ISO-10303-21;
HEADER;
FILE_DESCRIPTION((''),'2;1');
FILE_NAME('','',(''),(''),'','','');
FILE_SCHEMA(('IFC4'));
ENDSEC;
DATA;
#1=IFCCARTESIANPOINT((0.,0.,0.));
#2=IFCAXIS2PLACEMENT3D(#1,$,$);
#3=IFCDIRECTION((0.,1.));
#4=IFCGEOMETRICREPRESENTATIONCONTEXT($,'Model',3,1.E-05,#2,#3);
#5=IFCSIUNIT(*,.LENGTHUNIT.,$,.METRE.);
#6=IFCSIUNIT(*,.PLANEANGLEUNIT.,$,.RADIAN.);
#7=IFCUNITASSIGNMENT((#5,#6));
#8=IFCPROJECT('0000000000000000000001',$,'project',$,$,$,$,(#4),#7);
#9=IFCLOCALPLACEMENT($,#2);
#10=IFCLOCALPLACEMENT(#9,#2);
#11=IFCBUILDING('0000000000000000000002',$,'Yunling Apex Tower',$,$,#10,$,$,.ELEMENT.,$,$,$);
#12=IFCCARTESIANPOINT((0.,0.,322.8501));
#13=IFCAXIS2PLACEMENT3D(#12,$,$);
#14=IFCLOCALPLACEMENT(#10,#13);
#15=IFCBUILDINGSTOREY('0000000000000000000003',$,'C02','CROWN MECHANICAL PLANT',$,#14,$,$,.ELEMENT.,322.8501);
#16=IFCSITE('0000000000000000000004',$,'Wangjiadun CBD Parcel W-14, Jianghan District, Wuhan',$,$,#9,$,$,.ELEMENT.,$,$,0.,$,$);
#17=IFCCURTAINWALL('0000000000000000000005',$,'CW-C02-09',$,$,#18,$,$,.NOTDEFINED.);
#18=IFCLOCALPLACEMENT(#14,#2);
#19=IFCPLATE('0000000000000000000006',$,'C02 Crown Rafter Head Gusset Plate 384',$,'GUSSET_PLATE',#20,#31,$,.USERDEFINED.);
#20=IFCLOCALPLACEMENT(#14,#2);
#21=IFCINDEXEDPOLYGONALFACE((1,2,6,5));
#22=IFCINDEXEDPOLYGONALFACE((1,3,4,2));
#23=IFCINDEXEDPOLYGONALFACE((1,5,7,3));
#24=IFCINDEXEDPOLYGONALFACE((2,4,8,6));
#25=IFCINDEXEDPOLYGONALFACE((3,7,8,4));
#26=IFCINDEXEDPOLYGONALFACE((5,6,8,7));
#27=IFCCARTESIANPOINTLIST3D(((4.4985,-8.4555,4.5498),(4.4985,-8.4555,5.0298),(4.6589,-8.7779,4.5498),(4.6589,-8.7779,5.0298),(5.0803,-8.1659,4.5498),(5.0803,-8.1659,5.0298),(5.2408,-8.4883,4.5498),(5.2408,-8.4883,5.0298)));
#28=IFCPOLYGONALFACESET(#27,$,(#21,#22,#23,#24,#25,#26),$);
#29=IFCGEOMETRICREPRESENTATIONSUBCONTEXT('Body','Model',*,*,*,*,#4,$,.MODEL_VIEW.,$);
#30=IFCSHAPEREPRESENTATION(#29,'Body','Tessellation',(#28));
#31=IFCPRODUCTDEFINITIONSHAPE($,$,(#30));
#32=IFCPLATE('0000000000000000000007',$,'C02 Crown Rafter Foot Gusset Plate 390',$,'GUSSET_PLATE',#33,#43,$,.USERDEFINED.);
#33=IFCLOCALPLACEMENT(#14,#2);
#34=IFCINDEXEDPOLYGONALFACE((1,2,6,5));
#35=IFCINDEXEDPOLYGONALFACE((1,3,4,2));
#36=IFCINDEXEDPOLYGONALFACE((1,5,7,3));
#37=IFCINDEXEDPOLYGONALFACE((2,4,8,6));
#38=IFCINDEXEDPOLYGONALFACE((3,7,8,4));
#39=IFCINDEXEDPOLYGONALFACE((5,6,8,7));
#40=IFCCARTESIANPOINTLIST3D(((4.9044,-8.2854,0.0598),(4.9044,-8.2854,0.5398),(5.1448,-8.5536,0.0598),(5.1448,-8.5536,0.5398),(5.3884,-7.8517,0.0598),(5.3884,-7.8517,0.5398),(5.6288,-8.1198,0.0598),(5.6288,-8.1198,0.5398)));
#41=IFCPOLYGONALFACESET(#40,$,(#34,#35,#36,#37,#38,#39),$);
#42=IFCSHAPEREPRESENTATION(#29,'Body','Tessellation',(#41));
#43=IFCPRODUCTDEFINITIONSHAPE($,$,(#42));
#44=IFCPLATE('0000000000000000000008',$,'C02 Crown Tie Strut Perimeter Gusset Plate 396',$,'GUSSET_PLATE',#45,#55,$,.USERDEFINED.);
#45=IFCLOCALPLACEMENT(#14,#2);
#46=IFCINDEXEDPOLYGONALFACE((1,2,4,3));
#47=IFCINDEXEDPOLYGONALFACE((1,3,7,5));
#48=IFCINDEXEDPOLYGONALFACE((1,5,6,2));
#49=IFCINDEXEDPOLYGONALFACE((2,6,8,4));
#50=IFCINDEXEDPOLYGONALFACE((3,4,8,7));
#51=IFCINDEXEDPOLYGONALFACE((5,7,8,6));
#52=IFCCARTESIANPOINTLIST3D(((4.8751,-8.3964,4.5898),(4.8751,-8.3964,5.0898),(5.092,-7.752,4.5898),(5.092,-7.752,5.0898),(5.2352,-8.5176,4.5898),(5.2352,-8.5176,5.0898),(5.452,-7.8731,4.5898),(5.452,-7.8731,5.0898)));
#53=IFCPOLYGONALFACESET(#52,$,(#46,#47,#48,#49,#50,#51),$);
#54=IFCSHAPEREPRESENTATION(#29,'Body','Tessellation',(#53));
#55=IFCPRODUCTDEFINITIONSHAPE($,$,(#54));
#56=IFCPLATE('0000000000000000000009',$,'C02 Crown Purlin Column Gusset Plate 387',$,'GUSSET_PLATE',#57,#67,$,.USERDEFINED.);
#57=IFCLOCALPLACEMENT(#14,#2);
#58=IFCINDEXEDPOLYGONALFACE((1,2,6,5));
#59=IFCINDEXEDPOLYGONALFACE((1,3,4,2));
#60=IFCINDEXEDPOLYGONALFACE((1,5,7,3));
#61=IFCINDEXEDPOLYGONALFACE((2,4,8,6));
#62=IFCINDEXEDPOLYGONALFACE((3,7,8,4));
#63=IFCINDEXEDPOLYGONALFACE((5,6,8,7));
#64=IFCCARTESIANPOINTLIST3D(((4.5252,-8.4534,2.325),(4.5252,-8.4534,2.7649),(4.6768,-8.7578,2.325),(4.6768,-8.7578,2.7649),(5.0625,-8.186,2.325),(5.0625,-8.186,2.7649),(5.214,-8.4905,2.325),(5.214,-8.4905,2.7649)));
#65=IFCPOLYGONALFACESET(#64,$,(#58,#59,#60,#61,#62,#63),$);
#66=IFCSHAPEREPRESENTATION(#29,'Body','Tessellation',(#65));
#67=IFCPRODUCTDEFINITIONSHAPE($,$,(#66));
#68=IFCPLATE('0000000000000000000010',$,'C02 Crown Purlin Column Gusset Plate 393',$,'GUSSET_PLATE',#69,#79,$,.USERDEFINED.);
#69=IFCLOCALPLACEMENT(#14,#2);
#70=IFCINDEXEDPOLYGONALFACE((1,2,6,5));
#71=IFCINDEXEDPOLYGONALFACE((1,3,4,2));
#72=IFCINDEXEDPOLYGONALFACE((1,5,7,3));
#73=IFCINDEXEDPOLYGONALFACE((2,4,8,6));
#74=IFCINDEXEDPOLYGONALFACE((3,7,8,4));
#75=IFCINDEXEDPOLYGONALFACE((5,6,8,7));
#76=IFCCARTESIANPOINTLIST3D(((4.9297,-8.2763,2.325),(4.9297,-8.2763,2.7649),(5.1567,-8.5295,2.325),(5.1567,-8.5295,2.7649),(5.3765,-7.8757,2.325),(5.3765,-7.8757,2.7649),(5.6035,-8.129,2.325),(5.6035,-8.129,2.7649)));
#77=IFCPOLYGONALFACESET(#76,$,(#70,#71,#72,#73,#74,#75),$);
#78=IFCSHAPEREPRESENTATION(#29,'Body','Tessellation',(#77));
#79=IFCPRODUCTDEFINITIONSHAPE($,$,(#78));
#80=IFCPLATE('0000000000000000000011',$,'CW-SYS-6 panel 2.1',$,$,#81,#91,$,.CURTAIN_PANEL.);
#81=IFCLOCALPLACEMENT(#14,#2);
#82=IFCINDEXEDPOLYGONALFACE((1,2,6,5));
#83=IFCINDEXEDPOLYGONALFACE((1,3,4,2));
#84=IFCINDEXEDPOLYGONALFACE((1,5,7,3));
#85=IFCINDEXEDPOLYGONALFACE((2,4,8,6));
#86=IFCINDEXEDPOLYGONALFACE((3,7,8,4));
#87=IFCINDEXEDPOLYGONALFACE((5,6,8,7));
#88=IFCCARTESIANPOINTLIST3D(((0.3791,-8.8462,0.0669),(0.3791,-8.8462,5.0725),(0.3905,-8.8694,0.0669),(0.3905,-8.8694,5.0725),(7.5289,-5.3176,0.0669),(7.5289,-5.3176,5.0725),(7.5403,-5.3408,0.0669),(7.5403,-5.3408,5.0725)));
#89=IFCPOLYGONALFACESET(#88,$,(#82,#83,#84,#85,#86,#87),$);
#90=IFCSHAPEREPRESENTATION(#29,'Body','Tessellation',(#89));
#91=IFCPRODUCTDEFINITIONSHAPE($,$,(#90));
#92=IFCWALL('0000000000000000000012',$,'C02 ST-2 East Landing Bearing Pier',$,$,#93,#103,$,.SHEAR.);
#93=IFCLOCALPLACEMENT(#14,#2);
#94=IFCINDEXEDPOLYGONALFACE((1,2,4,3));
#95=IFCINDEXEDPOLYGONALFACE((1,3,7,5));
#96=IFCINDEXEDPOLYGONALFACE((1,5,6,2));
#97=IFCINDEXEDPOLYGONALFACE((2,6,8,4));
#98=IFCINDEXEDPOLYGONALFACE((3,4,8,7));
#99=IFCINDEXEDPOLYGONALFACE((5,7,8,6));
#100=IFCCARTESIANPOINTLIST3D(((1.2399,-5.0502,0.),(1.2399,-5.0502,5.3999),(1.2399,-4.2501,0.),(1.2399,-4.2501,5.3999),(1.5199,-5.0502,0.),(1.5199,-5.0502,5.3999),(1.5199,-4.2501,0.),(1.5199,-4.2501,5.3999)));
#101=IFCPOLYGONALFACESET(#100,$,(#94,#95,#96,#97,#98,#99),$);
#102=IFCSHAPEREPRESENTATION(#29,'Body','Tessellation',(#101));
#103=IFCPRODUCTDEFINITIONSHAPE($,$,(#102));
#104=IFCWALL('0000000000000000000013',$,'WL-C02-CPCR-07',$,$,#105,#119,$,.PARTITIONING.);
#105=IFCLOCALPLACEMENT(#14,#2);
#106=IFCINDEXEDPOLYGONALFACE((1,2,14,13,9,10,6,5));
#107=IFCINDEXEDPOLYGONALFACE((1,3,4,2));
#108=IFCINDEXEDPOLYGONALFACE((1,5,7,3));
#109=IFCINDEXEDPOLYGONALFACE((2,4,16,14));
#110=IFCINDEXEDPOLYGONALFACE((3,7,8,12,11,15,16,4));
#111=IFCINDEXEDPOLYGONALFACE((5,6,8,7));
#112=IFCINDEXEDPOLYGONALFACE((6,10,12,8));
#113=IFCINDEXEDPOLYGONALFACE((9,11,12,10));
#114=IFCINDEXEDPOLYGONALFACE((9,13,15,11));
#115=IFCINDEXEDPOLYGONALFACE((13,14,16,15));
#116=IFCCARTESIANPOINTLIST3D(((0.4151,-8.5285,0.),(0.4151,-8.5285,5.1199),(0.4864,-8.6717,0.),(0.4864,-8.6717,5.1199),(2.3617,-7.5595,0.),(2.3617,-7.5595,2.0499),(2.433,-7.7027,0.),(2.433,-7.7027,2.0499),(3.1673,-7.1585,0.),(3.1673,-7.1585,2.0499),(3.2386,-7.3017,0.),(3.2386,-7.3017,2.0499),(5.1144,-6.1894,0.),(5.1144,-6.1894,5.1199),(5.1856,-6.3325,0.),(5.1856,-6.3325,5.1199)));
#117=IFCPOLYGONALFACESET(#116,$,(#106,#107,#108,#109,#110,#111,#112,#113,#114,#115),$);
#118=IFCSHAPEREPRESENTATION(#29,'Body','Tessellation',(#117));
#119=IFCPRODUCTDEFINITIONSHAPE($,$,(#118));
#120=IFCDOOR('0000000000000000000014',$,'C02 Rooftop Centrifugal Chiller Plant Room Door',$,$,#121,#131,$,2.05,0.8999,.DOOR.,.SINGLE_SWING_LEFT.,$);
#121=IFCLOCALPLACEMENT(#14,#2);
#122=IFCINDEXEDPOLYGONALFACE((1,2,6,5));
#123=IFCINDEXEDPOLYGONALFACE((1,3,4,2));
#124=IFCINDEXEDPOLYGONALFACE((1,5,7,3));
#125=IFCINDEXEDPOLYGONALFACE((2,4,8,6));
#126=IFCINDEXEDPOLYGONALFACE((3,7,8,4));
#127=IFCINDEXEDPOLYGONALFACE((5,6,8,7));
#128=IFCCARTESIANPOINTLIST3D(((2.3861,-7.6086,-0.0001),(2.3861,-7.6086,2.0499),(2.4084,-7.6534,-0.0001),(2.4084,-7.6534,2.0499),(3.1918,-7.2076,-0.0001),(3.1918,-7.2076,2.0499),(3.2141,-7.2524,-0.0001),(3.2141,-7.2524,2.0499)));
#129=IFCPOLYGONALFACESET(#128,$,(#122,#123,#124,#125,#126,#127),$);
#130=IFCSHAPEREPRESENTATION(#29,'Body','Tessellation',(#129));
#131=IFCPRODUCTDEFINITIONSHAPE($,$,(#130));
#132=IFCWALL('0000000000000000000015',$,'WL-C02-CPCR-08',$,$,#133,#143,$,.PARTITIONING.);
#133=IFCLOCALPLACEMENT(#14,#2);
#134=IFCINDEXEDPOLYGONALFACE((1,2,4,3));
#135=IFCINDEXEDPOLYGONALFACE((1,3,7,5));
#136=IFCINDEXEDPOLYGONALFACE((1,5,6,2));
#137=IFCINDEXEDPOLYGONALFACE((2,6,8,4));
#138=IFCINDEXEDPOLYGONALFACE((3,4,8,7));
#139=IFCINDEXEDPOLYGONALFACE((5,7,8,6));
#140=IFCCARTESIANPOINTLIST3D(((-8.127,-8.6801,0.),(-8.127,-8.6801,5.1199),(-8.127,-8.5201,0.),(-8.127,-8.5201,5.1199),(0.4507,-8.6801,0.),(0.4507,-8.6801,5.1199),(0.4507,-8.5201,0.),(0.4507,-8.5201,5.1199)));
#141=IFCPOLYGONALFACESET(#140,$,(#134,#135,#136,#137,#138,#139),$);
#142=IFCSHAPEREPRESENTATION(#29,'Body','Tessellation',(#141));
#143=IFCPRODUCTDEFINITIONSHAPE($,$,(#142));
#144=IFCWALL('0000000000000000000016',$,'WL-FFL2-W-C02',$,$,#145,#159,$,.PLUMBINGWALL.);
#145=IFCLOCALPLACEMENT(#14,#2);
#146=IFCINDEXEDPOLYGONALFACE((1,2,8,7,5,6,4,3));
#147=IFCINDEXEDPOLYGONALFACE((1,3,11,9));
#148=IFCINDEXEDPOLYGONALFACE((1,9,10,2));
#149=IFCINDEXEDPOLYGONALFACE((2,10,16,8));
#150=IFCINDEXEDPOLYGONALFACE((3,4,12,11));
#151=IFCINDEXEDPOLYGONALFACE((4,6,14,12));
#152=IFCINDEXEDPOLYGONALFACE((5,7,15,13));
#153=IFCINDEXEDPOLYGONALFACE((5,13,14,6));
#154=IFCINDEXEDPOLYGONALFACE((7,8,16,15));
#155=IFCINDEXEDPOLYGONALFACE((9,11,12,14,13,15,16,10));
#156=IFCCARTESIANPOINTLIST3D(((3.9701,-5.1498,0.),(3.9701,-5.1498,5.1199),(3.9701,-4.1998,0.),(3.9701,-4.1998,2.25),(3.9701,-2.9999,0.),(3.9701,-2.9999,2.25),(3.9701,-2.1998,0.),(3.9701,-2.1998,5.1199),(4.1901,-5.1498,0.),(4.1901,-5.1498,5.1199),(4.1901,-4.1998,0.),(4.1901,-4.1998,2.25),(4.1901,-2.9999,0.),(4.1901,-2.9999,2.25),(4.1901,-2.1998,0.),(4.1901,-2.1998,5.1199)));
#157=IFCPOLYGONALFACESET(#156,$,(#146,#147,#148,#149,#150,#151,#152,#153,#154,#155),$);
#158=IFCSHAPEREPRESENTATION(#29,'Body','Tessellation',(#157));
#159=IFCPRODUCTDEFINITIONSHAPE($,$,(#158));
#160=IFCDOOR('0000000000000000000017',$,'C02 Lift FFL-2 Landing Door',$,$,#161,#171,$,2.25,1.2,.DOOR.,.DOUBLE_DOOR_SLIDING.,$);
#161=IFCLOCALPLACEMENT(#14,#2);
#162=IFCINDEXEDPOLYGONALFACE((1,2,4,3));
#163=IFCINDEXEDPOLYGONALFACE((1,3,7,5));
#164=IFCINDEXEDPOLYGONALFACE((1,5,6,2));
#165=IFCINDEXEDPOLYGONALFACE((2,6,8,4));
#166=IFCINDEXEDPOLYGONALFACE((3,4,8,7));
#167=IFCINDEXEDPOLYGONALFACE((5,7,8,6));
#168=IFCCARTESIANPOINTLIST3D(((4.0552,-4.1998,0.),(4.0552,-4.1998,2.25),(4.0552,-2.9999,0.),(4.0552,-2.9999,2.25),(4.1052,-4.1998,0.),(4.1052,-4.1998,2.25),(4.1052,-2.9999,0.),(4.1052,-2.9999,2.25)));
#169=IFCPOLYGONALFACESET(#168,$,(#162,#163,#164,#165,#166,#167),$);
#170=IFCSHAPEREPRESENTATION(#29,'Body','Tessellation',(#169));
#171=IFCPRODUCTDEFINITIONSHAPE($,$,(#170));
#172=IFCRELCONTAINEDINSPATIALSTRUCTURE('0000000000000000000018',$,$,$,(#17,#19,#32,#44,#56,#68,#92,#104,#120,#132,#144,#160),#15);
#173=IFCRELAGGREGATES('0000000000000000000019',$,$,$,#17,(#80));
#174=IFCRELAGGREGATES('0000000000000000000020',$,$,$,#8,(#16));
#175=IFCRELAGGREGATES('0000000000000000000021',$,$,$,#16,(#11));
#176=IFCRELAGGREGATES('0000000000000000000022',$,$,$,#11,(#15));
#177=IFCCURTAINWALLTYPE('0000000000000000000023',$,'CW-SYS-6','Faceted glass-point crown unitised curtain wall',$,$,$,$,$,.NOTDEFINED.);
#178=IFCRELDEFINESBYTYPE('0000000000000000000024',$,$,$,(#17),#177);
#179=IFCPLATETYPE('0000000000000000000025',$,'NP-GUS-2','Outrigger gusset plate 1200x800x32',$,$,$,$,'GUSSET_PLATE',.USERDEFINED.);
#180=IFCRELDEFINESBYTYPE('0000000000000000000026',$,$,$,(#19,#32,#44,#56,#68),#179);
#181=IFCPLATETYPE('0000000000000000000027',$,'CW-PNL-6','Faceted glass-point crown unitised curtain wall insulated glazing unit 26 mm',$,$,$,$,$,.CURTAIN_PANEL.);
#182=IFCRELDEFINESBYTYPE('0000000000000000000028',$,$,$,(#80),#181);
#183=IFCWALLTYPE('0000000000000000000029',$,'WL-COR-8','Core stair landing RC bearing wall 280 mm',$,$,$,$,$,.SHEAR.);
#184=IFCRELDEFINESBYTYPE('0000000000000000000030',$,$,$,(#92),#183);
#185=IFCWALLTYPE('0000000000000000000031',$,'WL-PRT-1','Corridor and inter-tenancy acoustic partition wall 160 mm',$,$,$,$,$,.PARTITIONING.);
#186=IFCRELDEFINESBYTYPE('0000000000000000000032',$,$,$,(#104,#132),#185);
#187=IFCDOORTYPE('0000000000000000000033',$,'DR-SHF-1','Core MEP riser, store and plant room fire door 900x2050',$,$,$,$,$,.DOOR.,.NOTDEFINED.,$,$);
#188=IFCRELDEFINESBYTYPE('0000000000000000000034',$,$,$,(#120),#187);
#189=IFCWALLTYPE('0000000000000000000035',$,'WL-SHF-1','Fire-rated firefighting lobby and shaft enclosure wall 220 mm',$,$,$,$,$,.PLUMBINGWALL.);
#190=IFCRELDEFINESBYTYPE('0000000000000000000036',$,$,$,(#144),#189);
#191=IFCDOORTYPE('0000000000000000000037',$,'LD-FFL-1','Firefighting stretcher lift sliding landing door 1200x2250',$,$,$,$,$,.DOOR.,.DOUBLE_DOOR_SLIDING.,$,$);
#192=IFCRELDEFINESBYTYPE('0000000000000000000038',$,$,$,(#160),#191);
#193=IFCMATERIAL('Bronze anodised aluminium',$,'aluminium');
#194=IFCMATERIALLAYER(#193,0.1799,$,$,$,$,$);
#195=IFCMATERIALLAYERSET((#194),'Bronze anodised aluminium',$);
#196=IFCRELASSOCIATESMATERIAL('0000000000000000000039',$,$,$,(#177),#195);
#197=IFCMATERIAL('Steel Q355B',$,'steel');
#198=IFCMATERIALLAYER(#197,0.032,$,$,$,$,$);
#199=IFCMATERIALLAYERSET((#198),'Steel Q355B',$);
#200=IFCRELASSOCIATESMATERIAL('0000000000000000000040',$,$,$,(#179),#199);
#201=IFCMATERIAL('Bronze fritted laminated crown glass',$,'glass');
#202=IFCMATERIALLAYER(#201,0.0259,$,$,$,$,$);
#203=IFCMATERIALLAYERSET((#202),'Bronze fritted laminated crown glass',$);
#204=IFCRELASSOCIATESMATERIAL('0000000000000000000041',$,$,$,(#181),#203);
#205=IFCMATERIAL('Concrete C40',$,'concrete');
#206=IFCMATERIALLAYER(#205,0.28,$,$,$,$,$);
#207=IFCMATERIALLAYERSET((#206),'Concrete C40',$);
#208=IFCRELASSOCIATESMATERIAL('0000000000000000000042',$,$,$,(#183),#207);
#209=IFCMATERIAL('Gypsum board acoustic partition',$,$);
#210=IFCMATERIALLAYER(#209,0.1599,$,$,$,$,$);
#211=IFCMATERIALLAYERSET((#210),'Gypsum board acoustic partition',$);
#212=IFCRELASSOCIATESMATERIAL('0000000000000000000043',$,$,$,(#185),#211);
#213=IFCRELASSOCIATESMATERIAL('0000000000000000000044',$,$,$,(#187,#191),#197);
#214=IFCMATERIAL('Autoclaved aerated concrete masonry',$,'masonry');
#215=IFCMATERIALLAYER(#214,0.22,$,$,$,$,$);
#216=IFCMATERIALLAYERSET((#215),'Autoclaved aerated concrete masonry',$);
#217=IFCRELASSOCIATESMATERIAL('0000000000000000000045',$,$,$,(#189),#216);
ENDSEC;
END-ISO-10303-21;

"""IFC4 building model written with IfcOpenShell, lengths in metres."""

from ifc_helpers import new_model, si_unit, direction, frame, frame_2d, origin, origin_2d, place, context, subcontext, project, spatial, rectangle, extrude, source, transform, mapped, material, layer, layer_set, type_object, element, fill, aggregate, save


model = new_model("IFC4")

# Units and contexts
model_context = context("Model", 3, precision=1e-05, world=origin(), true_north=direction((0.0, 1.0)))
body_context = subcontext(model_context, "Body", "Model", "MODEL_VIEW")
ifc_project = project(units=[si_unit("LENGTHUNIT", "METRE"), si_unit("PLANEANGLEUNIT", "RADIAN")], contexts=[model_context])

# Site, building, storey
site_placement = place(None, origin())
site = spatial("IfcSite", under=ifc_project, at=site_placement, Name="Wangjiadun CBD Parcel W-14, Jianghan District, Wuhan", CompositionType="ELEMENT", RefElevation=0.0)
building_placement = place(site_placement, origin())
building = spatial("IfcBuilding", under=site, at=building_placement, Name="Yunling Apex Tower", CompositionType="ELEMENT")
storey_placement = place(building_placement, frame((0.0, 0.0, 322.8501)))
storey = spatial("IfcBuildingStorey", under=building, at=storey_placement, Name="C02", Description="CROWN MECHANICAL PLANT", CompositionType="ELEMENT", Elevation=322.8501)

# Shared definitions
ifc_material_1 = material(Name="Steel Q355B", Category="steel")

# Curtain wall
ifc_material_2 = material(Name="Bronze anodised aluminium", Category="aluminium")
ifc_layer_1 = layer(ifc_material_2, 0.1799)
ifc_layer_set_1 = layer_set([ifc_layer_1], Name="Bronze anodised aluminium")
curtain_wall_type = type_object("IfcCurtainWallType", Name="CW-SYS-6", Description="Faceted glass-point crown unitised curtain wall", PredefinedType="NOTDEFINED", material=ifc_layer_set_1)
curtain_wall_placement = place(storey_placement, origin())
curtain_wall = element("IfcCurtainWall", 1, at=curtain_wall_placement, inside=storey, type_object=curtain_wall_type, Name="CW-C02-09", PredefinedType="NOTDEFINED")

# Plates
ifc_layer_2 = layer(ifc_material_1, 0.032)
ifc_layer_set_2 = layer_set([ifc_layer_2], Name="Steel Q355B")
plate_type_1 = type_object("IfcPlateType", Name="NP-GUS-2", Description="Outrigger gusset plate 1200x800x32", ElementType="GUSSET_PLATE", PredefinedType="USERDEFINED", material=ifc_layer_set_2)
shared_shape_1 = source(origin(), body_context, "Body", "SweptSolid", [
    extrude(rectangle(XDim=0.6499, YDim=0.3601, at=origin_2d()), origin(), (0.0, 0.0, 1.0), 0.48),
])
for number, where, z_axis, x_axis, name in (
    (2, (4.8696, -8.4719, 4.5498), (0.0, 0.0, 1.0), (0.895246, 0.445573, 0.0), "C02 Crown Rafter Head Gusset Plate 384"),
    (3, (5.2666, -8.2026, 0.0598), (0.0, 0.0, 1.0), (0.744661, 0.667443, 0.0), "C02 Crown Rafter Foot Gusset Plate 390"),
):
    element("IfcPlate", number, at=place(storey_placement, frame(where, z_axis=z_axis, x_axis=x_axis)), inside=storey, type_object=plate_type_1, Name=name, ObjectType="GUSSET_PLATE", PredefinedType="USERDEFINED", context=body_context, shape_type="MappedRepresentation", body=[
        mapped(shared_shape_1, transform((0.0, 0.0, 0.0), scale=1.0)),
    ])
shared_shape_2 = source(origin(), body_context, "Body", "SweptSolid", [
    extrude(rectangle(XDim=0.6799, YDim=0.3799, at=origin_2d()), origin(), (0.0, 0.0, 1.0), 0.5),
])
plate_1_placement = place(storey_placement, frame((5.1636, -8.1348, 4.5898), z_axis=(0.0, 0.0, 1.0), x_axis=(-0.318959, -0.947768, 0.0)))
element("IfcPlate", 4, at=plate_1_placement, inside=storey, type_object=plate_type_1, Name="C02 Crown Tie Strut Perimeter Gusset Plate 396", ObjectType="GUSSET_PLATE", PredefinedType="USERDEFINED", context=body_context, shape_type="MappedRepresentation", body=[
    mapped(shared_shape_2, transform((0.0, 0.0, 0.0), scale=1.0)),
])
shared_shape_3 = source(origin(), body_context, "Body", "SweptSolid", [
    extrude(rectangle(XDim=0.6001, YDim=0.3401, at=origin_2d()), origin(), (0.0, 0.0, 1.0), 0.4399),
])
for number, where, z_axis, x_axis, name in (
    (5, (4.8696, -8.4719, 2.325), (0.0, 0.0, 1.0), (0.895246, 0.445573, 0.0), "C02 Crown Purlin Column Gusset Plate 387"),
    (6, (5.2666, -8.2026, 2.325), (0.0, 0.0, 1.0), (0.744661, 0.667443, 0.0), "C02 Crown Purlin Column Gusset Plate 393"),
):
    element("IfcPlate", number, at=place(storey_placement, frame(where, z_axis=z_axis, x_axis=x_axis)), inside=storey, type_object=plate_type_1, Name=name, ObjectType="GUSSET_PLATE", PredefinedType="USERDEFINED", context=body_context, shape_type="MappedRepresentation", body=[
        mapped(shared_shape_3, transform((0.0, 0.0, 0.0), scale=1.0)),
    ])

# Plate
ifc_material_3 = material(Name="Bronze fritted laminated crown glass", Category="glass")
ifc_layer_3 = layer(ifc_material_3, 0.0259)
ifc_layer_set_3 = layer_set([ifc_layer_3], Name="Bronze fritted laminated crown glass")
plate_type_2 = type_object("IfcPlateType", Name="CW-PNL-6", Description="Faceted glass-point crown unitised curtain wall insulated glazing unit 26 mm", PredefinedType="CURTAIN_PANEL", material=ifc_layer_set_3)
shared_shape_4 = source(origin(), body_context, "Body", "SweptSolid", [
    extrude(rectangle(XDim=7.9731, YDim=0.0259, at=origin_2d()), origin(), (0.0, 0.0, 1.0), 5.0056),
])
plate_2_placement = place(storey_placement, frame((3.9597, -7.0935, 0.0669), z_axis=(0.0, 0.0, 1.0), x_axis=(-0.896736, -0.442566, 0.0)))
plate_2 = element("IfcPlate", 7, at=plate_2_placement, type_object=plate_type_2, Name="CW-SYS-6 panel 2.1", PredefinedType="CURTAIN_PANEL", context=body_context, shape_type="MappedRepresentation", body=[
    mapped(shared_shape_4, transform((0.0, 0.0, 0.0), scale=1.0)),
])
aggregate(curtain_wall, [plate_2])

# Wall
ifc_material_4 = material(Name="Concrete C40", Category="concrete")
ifc_layer_4 = layer(ifc_material_4, 0.28)
ifc_layer_set_4 = layer_set([ifc_layer_4], Name="Concrete C40")
wall_type_1 = type_object("IfcWallType", Name="WL-COR-8", Description="Core stair landing RC bearing wall 280 mm", PredefinedType="SHEAR", material=ifc_layer_set_4)
wall_1_placement = place(storey_placement, frame((1.3799, -5.05, 0.0), z_axis=(0.0, 0.0, 1.0), x_axis=(0.0, 1.0, 0.0)))
element("IfcWall", 8, at=wall_1_placement, inside=storey, type_object=wall_type_1, Name="C02 ST-2 East Landing Bearing Pier", PredefinedType="SHEAR", context=body_context, shape_type="SweptSolid", body=[
    extrude(rectangle(XDim=0.8, YDim=0.28, at=frame_2d((0.3999, 0.0))), origin(), (0.0, 0.0, 1.0), 5.3999),
])

# Wall, opening, door
ifc_material_5 = material(Name="Gypsum board acoustic partition")
ifc_layer_5 = layer(ifc_material_5, 0.1599)
ifc_layer_set_5 = layer_set([ifc_layer_5], Name="Gypsum board acoustic partition")
wall_type_2 = type_object("IfcWallType", Name="WL-PRT-1", Description="Corridor and inter-tenancy acoustic partition wall 160 mm", PredefinedType="PARTITIONING", material=ifc_layer_set_5)
wall_2_placement = place(storey_placement, frame((5.1499, -6.261, 0.0), z_axis=(0.0, 0.0, 1.0), x_axis=(-0.895226, -0.445613, 0.0)))
wall_2 = element("IfcWall", 9, at=wall_2_placement, inside=storey, type_object=wall_type_2, Name="WL-C02-CPCR-07", PredefinedType="PARTITIONING", context=body_context, shape_type="SweptSolid", body=[
    extrude(rectangle(XDim=5.2493, YDim=0.1599, at=frame_2d((2.6245, 0.0))), origin(), (0.0, 0.0, 1.0), 5.1199),
])
opening_1_placement = place(wall_2_placement, frame((2.1748, 0.0, 0.0)))
opening_1 = element("IfcOpeningElement", 10, at=opening_1_placement, cuts=wall_2, PredefinedType="OPENING", context=body_context, shape_type="SweptSolid", body=[
    extrude(rectangle(XDim=0.8999, YDim=2.05, at=frame_2d((0.45, 1.0249))), frame((0.0, 0.0898, 0.0), z_axis=(0.0, -1.0, 0.0), x_axis=(1.0, 0.0, 0.0)), (0.0, 0.0, 1.0), 0.1799),
])
door_type_1 = type_object("IfcDoorType", Name="DR-SHF-1", Description="Core MEP riser, store and plant room fire door 900x2050", OperationType="NOTDEFINED", PredefinedType="DOOR", material=ifc_material_1)
door_1_placement = place(opening_1_placement, origin())
door_1 = element("IfcDoor", 11, at=door_1_placement, inside=storey, type_object=door_type_1, Name="C02 Rooftop Centrifugal Chiller Plant Room Door", OperationType="SINGLE_SWING_LEFT", OverallHeight=2.05, OverallWidth=0.8999, PredefinedType="DOOR", context=body_context, shape_type="SweptSolid", body=[
    extrude(rectangle(XDim=0.8999, YDim=2.05, at=frame_2d((0.45, 1.0249))), frame((0.0, 0.0249, 0.0), z_axis=(0.0, -1.0, 0.0), x_axis=(1.0, 0.0, 0.0)), (0.0, 0.0, 1.0), 0.05),
])
fill(opening_1, door_1)

# Wall
wall_3_placement = place(storey_placement, frame((0.4507, -8.6001, 0.0), z_axis=(0.0, 0.0, 1.0), x_axis=(-1.0, 0.0, 0.0)))
element("IfcWall", 12, at=wall_3_placement, inside=storey, type_object=wall_type_2, Name="WL-C02-CPCR-08", PredefinedType="PARTITIONING", context=body_context, shape_type="SweptSolid", body=[
    extrude(rectangle(XDim=8.5776, YDim=0.1599, at=frame_2d((4.2888, 0.0))), origin(), (0.0, 0.0, 1.0), 5.1199),
])

# Wall, opening, door
ifc_material_6 = material(Name="Autoclaved aerated concrete masonry", Category="masonry")
ifc_layer_6 = layer(ifc_material_6, 0.22)
ifc_layer_set_6 = layer_set([ifc_layer_6], Name="Autoclaved aerated concrete masonry")
wall_type_3 = type_object("IfcWallType", Name="WL-SHF-1", Description="Fire-rated firefighting lobby and shaft enclosure wall 220 mm", PredefinedType="PLUMBINGWALL", material=ifc_layer_set_6)
wall_4_placement = place(storey_placement, frame((4.0801, -5.1499, 0.0), z_axis=(0.0, 0.0, 1.0), x_axis=(0.0, 1.0, 0.0)))
wall_4 = element("IfcWall", 13, at=wall_4_placement, inside=storey, type_object=wall_type_3, Name="WL-FFL2-W-C02", PredefinedType="PLUMBINGWALL", context=body_context, shape_type="SweptSolid", body=[
    extrude(rectangle(XDim=2.95, YDim=0.22, at=frame_2d((1.4751, 0.0))), origin(), (0.0, 0.0, 1.0), 5.1199),
])
opening_2_placement = place(wall_4_placement, frame((0.95, 0.0, 0.0)))
opening_2 = element("IfcOpeningElement", 14, at=opening_2_placement, cuts=wall_4, PredefinedType="OPENING", context=body_context, shape_type="SweptSolid", body=[
    extrude(rectangle(XDim=1.2, YDim=2.25, at=frame_2d((0.6001, 1.125))), frame((0.0, 0.1201, 0.0), z_axis=(0.0, -1.0, 0.0), x_axis=(1.0, 0.0, 0.0)), (0.0, 0.0, 1.0), 0.24),
])
door_type_2 = type_object("IfcDoorType", Name="LD-FFL-1", Description="Firefighting stretcher lift sliding landing door 1200x2250", OperationType="DOUBLE_DOOR_SLIDING", PredefinedType="DOOR", material=ifc_material_1)
door_2_placement = place(opening_2_placement, origin())
door_2 = element("IfcDoor", 15, at=door_2_placement, inside=storey, type_object=door_type_2, Name="C02 Lift FFL-2 Landing Door", OperationType="DOUBLE_DOOR_SLIDING", OverallHeight=2.25, OverallWidth=1.2, PredefinedType="DOOR", context=body_context, shape_type="SweptSolid", body=[
    extrude(rectangle(XDim=1.2, YDim=2.25, at=frame_2d((0.6001, 1.125))), frame((0.0, 0.0249, 0.0), z_axis=(0.0, -1.0, 0.0), x_axis=(1.0, 0.0, 0.0)), (0.0, 0.0, 1.0), 0.05),
])
fill(opening_2, door_2)

save(model, "model.ifc")
